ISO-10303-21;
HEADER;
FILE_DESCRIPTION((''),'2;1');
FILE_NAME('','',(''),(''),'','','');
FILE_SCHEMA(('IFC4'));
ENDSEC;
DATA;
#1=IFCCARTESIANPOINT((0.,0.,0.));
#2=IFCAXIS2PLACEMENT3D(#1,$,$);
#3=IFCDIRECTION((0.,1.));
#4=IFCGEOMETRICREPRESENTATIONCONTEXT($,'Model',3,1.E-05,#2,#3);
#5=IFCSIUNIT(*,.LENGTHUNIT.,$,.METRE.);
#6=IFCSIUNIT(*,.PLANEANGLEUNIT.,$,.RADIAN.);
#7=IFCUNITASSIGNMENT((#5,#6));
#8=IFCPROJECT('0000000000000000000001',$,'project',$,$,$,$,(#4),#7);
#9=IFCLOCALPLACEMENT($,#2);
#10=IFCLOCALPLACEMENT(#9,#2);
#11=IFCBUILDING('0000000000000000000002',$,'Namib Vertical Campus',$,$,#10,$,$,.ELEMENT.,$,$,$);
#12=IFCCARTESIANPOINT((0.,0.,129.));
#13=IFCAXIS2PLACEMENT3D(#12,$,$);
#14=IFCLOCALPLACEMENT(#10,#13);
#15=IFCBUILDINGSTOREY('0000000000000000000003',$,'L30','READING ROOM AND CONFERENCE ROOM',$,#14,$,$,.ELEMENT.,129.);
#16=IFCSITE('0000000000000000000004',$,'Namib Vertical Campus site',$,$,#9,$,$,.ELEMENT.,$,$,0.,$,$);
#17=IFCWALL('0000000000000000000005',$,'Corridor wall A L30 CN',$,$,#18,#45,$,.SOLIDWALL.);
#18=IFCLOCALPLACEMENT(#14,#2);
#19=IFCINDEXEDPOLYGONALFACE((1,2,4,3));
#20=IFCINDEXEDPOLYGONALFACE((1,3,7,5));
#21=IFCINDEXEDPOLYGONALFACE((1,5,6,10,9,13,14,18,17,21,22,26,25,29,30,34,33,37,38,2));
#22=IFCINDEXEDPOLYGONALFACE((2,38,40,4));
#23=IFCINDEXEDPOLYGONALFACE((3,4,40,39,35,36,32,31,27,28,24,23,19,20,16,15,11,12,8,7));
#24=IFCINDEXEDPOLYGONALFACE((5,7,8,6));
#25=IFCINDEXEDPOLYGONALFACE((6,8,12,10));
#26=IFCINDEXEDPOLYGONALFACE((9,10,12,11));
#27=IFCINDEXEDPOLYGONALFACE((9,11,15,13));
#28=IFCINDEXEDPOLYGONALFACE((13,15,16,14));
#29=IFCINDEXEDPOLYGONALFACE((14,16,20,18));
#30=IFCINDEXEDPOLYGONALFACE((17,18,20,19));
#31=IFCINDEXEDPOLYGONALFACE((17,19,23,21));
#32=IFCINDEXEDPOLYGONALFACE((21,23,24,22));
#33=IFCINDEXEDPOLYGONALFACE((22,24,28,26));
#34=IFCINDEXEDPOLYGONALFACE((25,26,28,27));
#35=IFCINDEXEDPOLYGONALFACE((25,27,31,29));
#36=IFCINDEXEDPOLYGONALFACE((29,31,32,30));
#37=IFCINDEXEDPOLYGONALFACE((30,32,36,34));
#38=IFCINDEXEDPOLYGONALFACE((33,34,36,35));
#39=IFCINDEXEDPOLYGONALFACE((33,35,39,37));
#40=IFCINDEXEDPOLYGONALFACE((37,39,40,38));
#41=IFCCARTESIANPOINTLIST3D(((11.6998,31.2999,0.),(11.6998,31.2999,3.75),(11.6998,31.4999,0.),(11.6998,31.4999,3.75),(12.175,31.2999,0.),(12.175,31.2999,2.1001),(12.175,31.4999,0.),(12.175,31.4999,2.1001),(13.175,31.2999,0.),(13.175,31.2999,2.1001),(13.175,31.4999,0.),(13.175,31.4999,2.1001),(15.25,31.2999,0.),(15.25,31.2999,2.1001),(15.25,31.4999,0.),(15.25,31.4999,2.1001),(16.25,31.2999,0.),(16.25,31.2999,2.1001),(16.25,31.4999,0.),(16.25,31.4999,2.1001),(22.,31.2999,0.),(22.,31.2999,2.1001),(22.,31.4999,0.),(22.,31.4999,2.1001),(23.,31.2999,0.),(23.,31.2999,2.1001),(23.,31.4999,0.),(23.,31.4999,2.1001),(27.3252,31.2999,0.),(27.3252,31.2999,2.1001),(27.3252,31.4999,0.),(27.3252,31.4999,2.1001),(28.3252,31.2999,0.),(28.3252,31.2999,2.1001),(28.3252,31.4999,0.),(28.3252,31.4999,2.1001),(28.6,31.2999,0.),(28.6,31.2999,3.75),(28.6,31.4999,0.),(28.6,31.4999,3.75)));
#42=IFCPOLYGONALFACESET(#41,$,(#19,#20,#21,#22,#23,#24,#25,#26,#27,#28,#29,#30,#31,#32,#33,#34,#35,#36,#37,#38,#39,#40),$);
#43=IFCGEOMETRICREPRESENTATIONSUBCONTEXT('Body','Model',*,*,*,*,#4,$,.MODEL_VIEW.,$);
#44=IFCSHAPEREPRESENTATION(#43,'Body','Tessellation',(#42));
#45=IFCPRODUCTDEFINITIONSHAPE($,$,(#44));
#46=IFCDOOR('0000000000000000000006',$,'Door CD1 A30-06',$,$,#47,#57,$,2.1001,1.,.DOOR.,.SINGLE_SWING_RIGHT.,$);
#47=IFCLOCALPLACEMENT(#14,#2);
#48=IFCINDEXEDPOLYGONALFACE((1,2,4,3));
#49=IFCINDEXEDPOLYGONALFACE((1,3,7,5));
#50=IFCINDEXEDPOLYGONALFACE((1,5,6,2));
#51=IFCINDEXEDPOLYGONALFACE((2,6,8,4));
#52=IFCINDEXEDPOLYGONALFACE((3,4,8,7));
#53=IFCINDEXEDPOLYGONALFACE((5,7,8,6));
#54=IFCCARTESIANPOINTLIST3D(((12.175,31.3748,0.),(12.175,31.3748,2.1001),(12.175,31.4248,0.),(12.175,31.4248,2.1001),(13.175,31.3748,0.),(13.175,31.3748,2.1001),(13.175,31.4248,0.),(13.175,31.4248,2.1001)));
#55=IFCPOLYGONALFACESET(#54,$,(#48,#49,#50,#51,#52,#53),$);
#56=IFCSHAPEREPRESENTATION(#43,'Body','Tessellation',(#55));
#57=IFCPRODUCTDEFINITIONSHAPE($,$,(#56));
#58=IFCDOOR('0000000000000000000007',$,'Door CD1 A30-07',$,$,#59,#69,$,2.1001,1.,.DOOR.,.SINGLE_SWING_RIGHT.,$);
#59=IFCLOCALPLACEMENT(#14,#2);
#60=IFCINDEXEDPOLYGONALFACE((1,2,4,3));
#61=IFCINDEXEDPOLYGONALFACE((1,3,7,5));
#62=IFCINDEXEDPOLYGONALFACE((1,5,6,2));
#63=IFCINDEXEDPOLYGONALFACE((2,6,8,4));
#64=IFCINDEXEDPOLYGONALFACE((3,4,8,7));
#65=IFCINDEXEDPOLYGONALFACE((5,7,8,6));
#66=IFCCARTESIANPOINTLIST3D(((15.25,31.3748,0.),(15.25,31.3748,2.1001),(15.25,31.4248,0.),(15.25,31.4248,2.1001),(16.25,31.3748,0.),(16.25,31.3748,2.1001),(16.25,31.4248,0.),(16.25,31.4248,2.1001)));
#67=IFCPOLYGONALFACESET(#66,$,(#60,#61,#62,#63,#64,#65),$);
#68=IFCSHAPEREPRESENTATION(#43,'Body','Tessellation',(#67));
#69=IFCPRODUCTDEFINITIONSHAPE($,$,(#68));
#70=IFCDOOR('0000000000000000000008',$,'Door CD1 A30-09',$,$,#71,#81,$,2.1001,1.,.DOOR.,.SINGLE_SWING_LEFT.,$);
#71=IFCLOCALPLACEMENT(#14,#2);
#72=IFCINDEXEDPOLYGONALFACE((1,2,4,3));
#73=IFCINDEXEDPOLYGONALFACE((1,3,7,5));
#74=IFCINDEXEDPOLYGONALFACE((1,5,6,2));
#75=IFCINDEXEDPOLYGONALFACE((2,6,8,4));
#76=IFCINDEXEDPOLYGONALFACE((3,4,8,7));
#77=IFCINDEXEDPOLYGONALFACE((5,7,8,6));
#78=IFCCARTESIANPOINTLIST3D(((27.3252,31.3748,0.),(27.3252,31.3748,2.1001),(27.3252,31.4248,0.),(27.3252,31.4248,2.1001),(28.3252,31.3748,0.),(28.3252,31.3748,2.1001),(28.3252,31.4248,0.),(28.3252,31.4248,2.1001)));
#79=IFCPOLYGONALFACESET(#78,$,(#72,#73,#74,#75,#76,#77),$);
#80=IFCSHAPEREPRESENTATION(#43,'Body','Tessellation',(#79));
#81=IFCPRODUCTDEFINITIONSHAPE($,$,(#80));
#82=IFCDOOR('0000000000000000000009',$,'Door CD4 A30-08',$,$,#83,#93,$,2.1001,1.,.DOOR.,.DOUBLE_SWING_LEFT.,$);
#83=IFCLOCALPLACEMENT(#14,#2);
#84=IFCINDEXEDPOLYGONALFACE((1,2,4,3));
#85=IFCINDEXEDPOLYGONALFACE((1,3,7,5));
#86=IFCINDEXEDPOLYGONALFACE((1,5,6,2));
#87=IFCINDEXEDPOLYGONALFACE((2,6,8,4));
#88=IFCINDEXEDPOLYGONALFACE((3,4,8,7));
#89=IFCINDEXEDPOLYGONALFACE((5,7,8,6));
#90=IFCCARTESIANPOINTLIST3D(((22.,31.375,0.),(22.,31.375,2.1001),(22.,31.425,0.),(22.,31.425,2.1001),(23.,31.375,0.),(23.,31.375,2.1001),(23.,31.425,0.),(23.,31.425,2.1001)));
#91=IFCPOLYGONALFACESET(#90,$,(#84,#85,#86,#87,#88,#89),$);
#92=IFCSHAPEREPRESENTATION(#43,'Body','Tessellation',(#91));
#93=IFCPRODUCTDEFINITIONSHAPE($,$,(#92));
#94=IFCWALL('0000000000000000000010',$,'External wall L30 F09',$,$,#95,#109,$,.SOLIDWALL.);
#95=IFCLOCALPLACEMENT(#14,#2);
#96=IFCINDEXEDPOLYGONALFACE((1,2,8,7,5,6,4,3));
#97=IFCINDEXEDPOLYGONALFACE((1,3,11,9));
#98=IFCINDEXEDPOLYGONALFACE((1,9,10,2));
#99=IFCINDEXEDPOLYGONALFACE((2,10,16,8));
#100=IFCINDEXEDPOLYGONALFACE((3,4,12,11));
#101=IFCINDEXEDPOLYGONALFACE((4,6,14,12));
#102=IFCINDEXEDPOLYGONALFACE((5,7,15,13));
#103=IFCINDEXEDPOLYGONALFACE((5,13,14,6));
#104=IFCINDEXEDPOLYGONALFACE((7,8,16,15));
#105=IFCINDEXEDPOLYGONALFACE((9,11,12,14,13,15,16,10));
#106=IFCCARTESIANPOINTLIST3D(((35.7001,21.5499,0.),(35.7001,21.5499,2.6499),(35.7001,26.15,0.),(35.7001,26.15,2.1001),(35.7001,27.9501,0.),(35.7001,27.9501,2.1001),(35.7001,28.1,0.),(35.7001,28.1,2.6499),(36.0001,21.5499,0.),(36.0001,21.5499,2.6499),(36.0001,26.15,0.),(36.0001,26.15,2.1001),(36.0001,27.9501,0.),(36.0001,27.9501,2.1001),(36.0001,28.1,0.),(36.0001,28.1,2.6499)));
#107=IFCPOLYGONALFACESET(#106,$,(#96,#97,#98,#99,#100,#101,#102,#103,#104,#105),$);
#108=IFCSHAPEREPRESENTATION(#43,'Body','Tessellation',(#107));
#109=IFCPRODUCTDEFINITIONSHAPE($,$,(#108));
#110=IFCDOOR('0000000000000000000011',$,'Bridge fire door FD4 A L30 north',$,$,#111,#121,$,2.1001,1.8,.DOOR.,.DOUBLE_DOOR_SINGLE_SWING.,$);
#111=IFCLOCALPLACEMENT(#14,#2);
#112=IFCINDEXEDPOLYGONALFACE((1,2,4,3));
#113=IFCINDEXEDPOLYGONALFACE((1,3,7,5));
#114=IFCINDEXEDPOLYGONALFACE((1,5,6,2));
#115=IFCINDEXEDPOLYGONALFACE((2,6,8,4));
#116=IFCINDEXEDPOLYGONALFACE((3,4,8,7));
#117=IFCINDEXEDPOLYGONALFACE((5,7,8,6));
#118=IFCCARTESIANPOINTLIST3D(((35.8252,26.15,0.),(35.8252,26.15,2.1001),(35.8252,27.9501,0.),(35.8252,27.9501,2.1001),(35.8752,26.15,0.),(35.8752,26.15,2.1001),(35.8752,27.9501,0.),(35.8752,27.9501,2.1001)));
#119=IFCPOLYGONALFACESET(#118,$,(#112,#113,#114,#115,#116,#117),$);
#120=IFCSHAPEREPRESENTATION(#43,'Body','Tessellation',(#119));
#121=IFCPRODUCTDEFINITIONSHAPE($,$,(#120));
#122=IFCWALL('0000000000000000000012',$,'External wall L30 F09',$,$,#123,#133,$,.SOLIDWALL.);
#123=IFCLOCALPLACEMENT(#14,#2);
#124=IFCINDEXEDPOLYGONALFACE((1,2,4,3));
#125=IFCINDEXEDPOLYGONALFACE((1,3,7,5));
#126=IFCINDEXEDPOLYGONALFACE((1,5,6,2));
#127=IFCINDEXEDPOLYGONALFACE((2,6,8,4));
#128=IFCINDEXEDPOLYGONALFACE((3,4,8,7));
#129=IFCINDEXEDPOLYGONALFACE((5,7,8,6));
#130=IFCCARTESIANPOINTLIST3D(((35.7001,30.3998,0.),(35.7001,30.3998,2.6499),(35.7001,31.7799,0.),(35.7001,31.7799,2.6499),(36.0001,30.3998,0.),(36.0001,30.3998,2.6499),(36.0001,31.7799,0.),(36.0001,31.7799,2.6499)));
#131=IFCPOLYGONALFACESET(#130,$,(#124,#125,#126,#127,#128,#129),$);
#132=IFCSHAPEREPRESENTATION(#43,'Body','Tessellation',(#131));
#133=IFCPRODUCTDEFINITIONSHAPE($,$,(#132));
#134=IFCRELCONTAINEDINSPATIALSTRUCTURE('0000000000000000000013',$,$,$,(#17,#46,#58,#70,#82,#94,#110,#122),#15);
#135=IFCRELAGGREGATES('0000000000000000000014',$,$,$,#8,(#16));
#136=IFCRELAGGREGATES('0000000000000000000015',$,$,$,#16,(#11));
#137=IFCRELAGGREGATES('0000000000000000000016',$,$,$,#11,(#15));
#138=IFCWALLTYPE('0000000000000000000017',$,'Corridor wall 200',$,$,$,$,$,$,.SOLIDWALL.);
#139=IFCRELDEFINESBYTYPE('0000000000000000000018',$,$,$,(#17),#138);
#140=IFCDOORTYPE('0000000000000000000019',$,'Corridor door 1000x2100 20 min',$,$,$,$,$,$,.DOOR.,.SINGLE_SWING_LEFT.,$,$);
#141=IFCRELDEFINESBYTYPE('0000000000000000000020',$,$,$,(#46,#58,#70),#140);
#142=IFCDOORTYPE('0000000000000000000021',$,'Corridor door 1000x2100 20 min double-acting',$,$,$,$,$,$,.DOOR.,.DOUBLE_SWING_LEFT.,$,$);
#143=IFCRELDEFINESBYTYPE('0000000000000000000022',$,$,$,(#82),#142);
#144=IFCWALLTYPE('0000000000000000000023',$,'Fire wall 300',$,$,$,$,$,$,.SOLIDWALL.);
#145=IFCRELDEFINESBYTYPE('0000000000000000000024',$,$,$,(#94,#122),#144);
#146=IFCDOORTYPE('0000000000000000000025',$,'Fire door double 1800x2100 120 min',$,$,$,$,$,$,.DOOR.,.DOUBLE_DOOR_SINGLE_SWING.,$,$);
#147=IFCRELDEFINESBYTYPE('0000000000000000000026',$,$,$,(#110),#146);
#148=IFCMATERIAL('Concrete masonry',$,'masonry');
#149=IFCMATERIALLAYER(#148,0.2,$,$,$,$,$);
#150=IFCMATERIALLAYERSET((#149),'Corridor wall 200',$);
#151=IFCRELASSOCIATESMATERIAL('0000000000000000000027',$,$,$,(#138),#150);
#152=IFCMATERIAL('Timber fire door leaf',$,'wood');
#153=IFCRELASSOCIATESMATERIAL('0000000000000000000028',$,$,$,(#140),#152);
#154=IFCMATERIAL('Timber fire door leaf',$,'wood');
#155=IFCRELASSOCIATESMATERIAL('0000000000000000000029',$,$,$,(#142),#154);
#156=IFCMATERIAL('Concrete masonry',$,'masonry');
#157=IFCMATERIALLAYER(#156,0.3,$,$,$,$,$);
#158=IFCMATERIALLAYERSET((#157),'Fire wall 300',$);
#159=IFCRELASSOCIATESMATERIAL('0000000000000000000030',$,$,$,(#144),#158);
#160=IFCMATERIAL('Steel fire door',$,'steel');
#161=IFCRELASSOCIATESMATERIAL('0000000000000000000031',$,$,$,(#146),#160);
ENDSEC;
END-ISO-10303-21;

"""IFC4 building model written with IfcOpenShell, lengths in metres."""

from ifc_helpers import new_model, si_unit, direction, frame, frame_2d, origin, place, context, subcontext, project, spatial, rectangle, extrude, material, layer, layer_set, type_object, element, fill, save


model = new_model("IFC4")

# Units and contexts
model_context = context("Model", 3, precision=1e-05, world=origin(), true_north=direction((0.0, 1.0)))
body_context = subcontext(model_context, "Body", "Model", "MODEL_VIEW")
ifc_project = project(units=[si_unit("LENGTHUNIT", "METRE"), si_unit("PLANEANGLEUNIT", "RADIAN")], contexts=[model_context])

# Site, building, storey
site_placement = place(None, origin())
site = spatial("IfcSite", under=ifc_project, at=site_placement, Name="Namib Vertical Campus site", CompositionType="ELEMENT", RefElevation=0.0)
building_placement = place(site_placement, origin())
building = spatial("IfcBuilding", under=site, at=building_placement, Name="Namib Vertical Campus", CompositionType="ELEMENT")
storey_placement = place(building_placement, frame((0.0, 0.0, 129.0)))
storey = spatial("IfcBuildingStorey", under=building, at=storey_placement, Name="L30", Description="READING ROOM AND CONFERENCE ROOM", CompositionType="ELEMENT", Elevation=129.0)

# Wall, openings, doors
ifc_material_1 = material(Name="Concrete masonry", Category="masonry")
ifc_layer_1 = layer(ifc_material_1, 0.2)
ifc_layer_set_1 = layer_set([ifc_layer_1], Name="Corridor wall 200")
wall_type_1 = type_object("IfcWallType", Name="Corridor wall 200", PredefinedType="SOLIDWALL", material=ifc_layer_set_1)
wall_1_placement = place(storey_placement, frame((28.6001, 31.3999, 0.0), z_axis=(0.0, 0.0, 1.0), x_axis=(-1.0, 0.0, 0.0)))
wall_1 = element("IfcWall", 1, at=wall_1_placement, inside=storey, type_object=wall_type_1, Name="Corridor wall A L30 CN", PredefinedType="SOLIDWALL", context=body_context, shape_type="SweptSolid", body=[
    extrude(rectangle(XDim=16.9001, YDim=0.2, at=frame_2d((8.4502, 0.0))), origin(), (0.0, 0.0, 1.0), 3.75),
])
opening_1_placement = place(wall_1_placement, frame((15.425, 0.0, 0.0)))
opening_1 = element("IfcOpeningElement", 2, at=opening_1_placement, cuts=wall_1, PredefinedType="OPENING", context=body_context, shape_type="SweptSolid", body=[
    extrude(rectangle(XDim=1.0, YDim=2.1001, at=frame_2d((0.5, 1.05))), frame((0.0, 0.1099, 0.0), z_axis=(0.0, -1.0, 0.0), x_axis=(1.0, 0.0, 0.0)), (0.0, 0.0, 1.0), 0.22),
])
opening_2_placement = place(wall_1_placement, frame((12.3501, 0.0, 0.0)))
opening_2 = element("IfcOpeningElement", 3, at=opening_2_placement, cuts=wall_1, PredefinedType="OPENING", context=body_context, shape_type="SweptSolid", body=[
    extrude(rectangle(XDim=1.0, YDim=2.1001, at=frame_2d((0.5, 1.05))), frame((0.0, 0.1099, 0.0), z_axis=(0.0, -1.0, 0.0), x_axis=(1.0, 0.0, 0.0)), (0.0, 0.0, 1.0), 0.22),
])
opening_3_placement = place(wall_1_placement, frame((5.6001, 0.0, 0.0)))
opening_3 = element("IfcOpeningElement", 4, at=opening_3_placement, cuts=wall_1, PredefinedType="OPENING", context=body_context, shape_type="SweptSolid", body=[
    extrude(rectangle(XDim=1.0, YDim=2.1001, at=frame_2d((0.5, 1.05))), frame((0.0, 0.1099, 0.0), z_axis=(0.0, -1.0, 0.0), x_axis=(1.0, 0.0, 0.0)), (0.0, 0.0, 1.0), 0.22),
])
opening_4_placement = place(wall_1_placement, frame((0.2749, 0.0, 0.0)))
opening_4 = element("IfcOpeningElement", 5, at=opening_4_placement, cuts=wall_1, PredefinedType="OPENING", context=body_context, shape_type="SweptSolid", body=[
    extrude(rectangle(XDim=1.0, YDim=2.1001, at=frame_2d((0.5, 1.05))), frame((0.0, 0.1099, 0.0), z_axis=(0.0, -1.0, 0.0), x_axis=(1.0, 0.0, 0.0)), (0.0, 0.0, 1.0), 0.22),
])
ifc_material_2 = material(Name="Timber fire door leaf", Category="wood")
door_type_1 = type_object("IfcDoorType", Name="Corridor door 1000x2100 20 min", OperationType="SINGLE_SWING_LEFT", PredefinedType="DOOR", material=ifc_material_2)
door_1_placement = place(opening_1_placement, frame((1.0, 0.0, 0.0), z_axis=(0.0, 0.0, 1.0), x_axis=(-1.0, 0.0, 0.0)))
door_1 = element("IfcDoor", 6, at=door_1_placement, inside=storey, type_object=door_type_1, Name="Door CD1 A30-06", OperationType="SINGLE_SWING_RIGHT", OverallHeight=2.1001, OverallWidth=1.0, PredefinedType="DOOR", context=body_context, shape_type="SweptSolid", body=[
    extrude(rectangle(XDim=1.0, YDim=2.1001, at=frame_2d((0.5, 1.05))), frame((0.0, 0.0249, 0.0), z_axis=(0.0, -1.0, 0.0), x_axis=(1.0, 0.0, 0.0)), (0.0, 0.0, 1.0), 0.05),
])
fill(opening_1, door_1)
door_2_placement = place(opening_2_placement, frame((1.0, 0.0, 0.0), z_axis=(0.0, 0.0, 1.0), x_axis=(-1.0, 0.0, 0.0)))
door_2 = element("IfcDoor", 7, at=door_2_placement, inside=storey, type_object=door_type_1, Name="Door CD1 A30-07", OperationType="SINGLE_SWING_RIGHT", OverallHeight=2.1001, OverallWidth=1.0, PredefinedType="DOOR", context=body_context, shape_type="SweptSolid", body=[
    extrude(rectangle(XDim=1.0, YDim=2.1001, at=frame_2d((0.5, 1.05))), frame((0.0, 0.0249, 0.0), z_axis=(0.0, -1.0, 0.0), x_axis=(1.0, 0.0, 0.0)), (0.0, 0.0, 1.0), 0.05),
])
fill(opening_2, door_2)
door_3_placement = place(opening_4_placement, frame((1.0, 0.0, 0.0), z_axis=(0.0, 0.0, 1.0), x_axis=(-1.0, 0.0, 0.0)))
door_3 = element("IfcDoor", 8, at=door_3_placement, inside=storey, type_object=door_type_1, Name="Door CD1 A30-09", OperationType="SINGLE_SWING_LEFT", OverallHeight=2.1001, OverallWidth=1.0, PredefinedType="DOOR", context=body_context, shape_type="SweptSolid", body=[
    extrude(rectangle(XDim=1.0, YDim=2.1001, at=frame_2d((0.5, 1.05))), frame((0.0, 0.0249, 0.0), z_axis=(0.0, -1.0, 0.0), x_axis=(1.0, 0.0, 0.0)), (0.0, 0.0, 1.0), 0.05),
])
fill(opening_4, door_3)
ifc_material_3 = material(Name="Timber fire door leaf", Category="wood")
door_type_2 = type_object("IfcDoorType", Name="Corridor door 1000x2100 20 min double-acting", OperationType="DOUBLE_SWING_LEFT", PredefinedType="DOOR", material=ifc_material_3)
door_4_placement = place(opening_3_placement, origin())
door_4 = element("IfcDoor", 9, at=door_4_placement, inside=storey, type_object=door_type_2, Name="Door CD4 A30-08", OperationType="DOUBLE_SWING_LEFT", OverallHeight=2.1001, OverallWidth=1.0, PredefinedType="DOOR", context=body_context, shape_type="SweptSolid", body=[
    extrude(rectangle(XDim=1.0, YDim=2.1001, at=frame_2d((0.5, 1.05))), frame((0.0, 0.0249, 0.0), z_axis=(0.0, -1.0, 0.0), x_axis=(1.0, 0.0, 0.0)), (0.0, 0.0, 1.0), 0.05),
])
fill(opening_3, door_4)

# Wall, opening, door
ifc_material_4 = material(Name="Concrete masonry", Category="masonry")
ifc_layer_2 = layer(ifc_material_4, 0.3)
ifc_layer_set_2 = layer_set([ifc_layer_2], Name="Fire wall 300")
wall_type_2 = type_object("IfcWallType", Name="Fire wall 300", PredefinedType="SOLIDWALL", material=ifc_layer_set_2)
wall_2_placement = place(storey_placement, frame((35.8501, 21.55, 0.0), z_axis=(0.0, 0.0, 1.0), x_axis=(0.0, 1.0, 0.0)))
wall_2 = element("IfcWall", 10, at=wall_2_placement, inside=storey, type_object=wall_type_2, Name="External wall L30 F09", PredefinedType="SOLIDWALL", context=body_context, shape_type="SweptSolid", body=[
    extrude(rectangle(XDim=6.55, YDim=0.3, at=frame_2d((3.2749, 0.0))), origin(), (0.0, 0.0, 1.0), 2.6499),
])
opening_5_placement = place(wall_2_placement, frame((4.6001, 0.0, 0.0)))
opening_5 = element("IfcOpeningElement", 11, at=opening_5_placement, cuts=wall_2, PredefinedType="OPENING", context=body_context, shape_type="SweptSolid", body=[
    extrude(rectangle(XDim=1.8, YDim=2.1001, at=frame_2d((0.8999, 1.05))), frame((0.0, 0.1599, 0.0), z_axis=(0.0, -1.0, 0.0), x_axis=(1.0, 0.0, 0.0)), (0.0, 0.0, 1.0), 0.3201),
])
ifc_material_5 = material(Name="Steel fire door", Category="steel")
door_type_3 = type_object("IfcDoorType", Name="Fire door double 1800x2100 120 min", OperationType="DOUBLE_DOOR_SINGLE_SWING", PredefinedType="DOOR", material=ifc_material_5)
door_5_placement = place(opening_5_placement, origin())
door_5 = element("IfcDoor", 12, at=door_5_placement, inside=storey, type_object=door_type_3, Name="Bridge fire door FD4 A L30 north", OperationType="DOUBLE_DOOR_SINGLE_SWING", OverallHeight=2.1001, OverallWidth=1.8, PredefinedType="DOOR", context=body_context, shape_type="SweptSolid", body=[
    extrude(rectangle(XDim=1.8, YDim=2.1001, at=frame_2d((0.8999, 1.05))), frame((0.0, 0.0249, 0.0), z_axis=(0.0, -1.0, 0.0), x_axis=(1.0, 0.0, 0.0)), (0.0, 0.0, 1.0), 0.05),
])
fill(opening_5, door_5)

# Wall
wall_3_placement = place(storey_placement, frame((35.8501, 30.3999, 0.0), z_axis=(0.0, 0.0, 1.0), x_axis=(0.0, 1.0, 0.0)))
element("IfcWall", 13, at=wall_3_placement, inside=storey, type_object=wall_type_2, Name="External wall L30 F09", PredefinedType="SOLIDWALL", context=body_context, shape_type="SweptSolid", body=[
    extrude(rectangle(XDim=1.3801, YDim=0.3, at=frame_2d((0.6899, 0.0))), origin(), (0.0, 0.0, 1.0), 2.6499),
])

save(model, "model.ifc")
